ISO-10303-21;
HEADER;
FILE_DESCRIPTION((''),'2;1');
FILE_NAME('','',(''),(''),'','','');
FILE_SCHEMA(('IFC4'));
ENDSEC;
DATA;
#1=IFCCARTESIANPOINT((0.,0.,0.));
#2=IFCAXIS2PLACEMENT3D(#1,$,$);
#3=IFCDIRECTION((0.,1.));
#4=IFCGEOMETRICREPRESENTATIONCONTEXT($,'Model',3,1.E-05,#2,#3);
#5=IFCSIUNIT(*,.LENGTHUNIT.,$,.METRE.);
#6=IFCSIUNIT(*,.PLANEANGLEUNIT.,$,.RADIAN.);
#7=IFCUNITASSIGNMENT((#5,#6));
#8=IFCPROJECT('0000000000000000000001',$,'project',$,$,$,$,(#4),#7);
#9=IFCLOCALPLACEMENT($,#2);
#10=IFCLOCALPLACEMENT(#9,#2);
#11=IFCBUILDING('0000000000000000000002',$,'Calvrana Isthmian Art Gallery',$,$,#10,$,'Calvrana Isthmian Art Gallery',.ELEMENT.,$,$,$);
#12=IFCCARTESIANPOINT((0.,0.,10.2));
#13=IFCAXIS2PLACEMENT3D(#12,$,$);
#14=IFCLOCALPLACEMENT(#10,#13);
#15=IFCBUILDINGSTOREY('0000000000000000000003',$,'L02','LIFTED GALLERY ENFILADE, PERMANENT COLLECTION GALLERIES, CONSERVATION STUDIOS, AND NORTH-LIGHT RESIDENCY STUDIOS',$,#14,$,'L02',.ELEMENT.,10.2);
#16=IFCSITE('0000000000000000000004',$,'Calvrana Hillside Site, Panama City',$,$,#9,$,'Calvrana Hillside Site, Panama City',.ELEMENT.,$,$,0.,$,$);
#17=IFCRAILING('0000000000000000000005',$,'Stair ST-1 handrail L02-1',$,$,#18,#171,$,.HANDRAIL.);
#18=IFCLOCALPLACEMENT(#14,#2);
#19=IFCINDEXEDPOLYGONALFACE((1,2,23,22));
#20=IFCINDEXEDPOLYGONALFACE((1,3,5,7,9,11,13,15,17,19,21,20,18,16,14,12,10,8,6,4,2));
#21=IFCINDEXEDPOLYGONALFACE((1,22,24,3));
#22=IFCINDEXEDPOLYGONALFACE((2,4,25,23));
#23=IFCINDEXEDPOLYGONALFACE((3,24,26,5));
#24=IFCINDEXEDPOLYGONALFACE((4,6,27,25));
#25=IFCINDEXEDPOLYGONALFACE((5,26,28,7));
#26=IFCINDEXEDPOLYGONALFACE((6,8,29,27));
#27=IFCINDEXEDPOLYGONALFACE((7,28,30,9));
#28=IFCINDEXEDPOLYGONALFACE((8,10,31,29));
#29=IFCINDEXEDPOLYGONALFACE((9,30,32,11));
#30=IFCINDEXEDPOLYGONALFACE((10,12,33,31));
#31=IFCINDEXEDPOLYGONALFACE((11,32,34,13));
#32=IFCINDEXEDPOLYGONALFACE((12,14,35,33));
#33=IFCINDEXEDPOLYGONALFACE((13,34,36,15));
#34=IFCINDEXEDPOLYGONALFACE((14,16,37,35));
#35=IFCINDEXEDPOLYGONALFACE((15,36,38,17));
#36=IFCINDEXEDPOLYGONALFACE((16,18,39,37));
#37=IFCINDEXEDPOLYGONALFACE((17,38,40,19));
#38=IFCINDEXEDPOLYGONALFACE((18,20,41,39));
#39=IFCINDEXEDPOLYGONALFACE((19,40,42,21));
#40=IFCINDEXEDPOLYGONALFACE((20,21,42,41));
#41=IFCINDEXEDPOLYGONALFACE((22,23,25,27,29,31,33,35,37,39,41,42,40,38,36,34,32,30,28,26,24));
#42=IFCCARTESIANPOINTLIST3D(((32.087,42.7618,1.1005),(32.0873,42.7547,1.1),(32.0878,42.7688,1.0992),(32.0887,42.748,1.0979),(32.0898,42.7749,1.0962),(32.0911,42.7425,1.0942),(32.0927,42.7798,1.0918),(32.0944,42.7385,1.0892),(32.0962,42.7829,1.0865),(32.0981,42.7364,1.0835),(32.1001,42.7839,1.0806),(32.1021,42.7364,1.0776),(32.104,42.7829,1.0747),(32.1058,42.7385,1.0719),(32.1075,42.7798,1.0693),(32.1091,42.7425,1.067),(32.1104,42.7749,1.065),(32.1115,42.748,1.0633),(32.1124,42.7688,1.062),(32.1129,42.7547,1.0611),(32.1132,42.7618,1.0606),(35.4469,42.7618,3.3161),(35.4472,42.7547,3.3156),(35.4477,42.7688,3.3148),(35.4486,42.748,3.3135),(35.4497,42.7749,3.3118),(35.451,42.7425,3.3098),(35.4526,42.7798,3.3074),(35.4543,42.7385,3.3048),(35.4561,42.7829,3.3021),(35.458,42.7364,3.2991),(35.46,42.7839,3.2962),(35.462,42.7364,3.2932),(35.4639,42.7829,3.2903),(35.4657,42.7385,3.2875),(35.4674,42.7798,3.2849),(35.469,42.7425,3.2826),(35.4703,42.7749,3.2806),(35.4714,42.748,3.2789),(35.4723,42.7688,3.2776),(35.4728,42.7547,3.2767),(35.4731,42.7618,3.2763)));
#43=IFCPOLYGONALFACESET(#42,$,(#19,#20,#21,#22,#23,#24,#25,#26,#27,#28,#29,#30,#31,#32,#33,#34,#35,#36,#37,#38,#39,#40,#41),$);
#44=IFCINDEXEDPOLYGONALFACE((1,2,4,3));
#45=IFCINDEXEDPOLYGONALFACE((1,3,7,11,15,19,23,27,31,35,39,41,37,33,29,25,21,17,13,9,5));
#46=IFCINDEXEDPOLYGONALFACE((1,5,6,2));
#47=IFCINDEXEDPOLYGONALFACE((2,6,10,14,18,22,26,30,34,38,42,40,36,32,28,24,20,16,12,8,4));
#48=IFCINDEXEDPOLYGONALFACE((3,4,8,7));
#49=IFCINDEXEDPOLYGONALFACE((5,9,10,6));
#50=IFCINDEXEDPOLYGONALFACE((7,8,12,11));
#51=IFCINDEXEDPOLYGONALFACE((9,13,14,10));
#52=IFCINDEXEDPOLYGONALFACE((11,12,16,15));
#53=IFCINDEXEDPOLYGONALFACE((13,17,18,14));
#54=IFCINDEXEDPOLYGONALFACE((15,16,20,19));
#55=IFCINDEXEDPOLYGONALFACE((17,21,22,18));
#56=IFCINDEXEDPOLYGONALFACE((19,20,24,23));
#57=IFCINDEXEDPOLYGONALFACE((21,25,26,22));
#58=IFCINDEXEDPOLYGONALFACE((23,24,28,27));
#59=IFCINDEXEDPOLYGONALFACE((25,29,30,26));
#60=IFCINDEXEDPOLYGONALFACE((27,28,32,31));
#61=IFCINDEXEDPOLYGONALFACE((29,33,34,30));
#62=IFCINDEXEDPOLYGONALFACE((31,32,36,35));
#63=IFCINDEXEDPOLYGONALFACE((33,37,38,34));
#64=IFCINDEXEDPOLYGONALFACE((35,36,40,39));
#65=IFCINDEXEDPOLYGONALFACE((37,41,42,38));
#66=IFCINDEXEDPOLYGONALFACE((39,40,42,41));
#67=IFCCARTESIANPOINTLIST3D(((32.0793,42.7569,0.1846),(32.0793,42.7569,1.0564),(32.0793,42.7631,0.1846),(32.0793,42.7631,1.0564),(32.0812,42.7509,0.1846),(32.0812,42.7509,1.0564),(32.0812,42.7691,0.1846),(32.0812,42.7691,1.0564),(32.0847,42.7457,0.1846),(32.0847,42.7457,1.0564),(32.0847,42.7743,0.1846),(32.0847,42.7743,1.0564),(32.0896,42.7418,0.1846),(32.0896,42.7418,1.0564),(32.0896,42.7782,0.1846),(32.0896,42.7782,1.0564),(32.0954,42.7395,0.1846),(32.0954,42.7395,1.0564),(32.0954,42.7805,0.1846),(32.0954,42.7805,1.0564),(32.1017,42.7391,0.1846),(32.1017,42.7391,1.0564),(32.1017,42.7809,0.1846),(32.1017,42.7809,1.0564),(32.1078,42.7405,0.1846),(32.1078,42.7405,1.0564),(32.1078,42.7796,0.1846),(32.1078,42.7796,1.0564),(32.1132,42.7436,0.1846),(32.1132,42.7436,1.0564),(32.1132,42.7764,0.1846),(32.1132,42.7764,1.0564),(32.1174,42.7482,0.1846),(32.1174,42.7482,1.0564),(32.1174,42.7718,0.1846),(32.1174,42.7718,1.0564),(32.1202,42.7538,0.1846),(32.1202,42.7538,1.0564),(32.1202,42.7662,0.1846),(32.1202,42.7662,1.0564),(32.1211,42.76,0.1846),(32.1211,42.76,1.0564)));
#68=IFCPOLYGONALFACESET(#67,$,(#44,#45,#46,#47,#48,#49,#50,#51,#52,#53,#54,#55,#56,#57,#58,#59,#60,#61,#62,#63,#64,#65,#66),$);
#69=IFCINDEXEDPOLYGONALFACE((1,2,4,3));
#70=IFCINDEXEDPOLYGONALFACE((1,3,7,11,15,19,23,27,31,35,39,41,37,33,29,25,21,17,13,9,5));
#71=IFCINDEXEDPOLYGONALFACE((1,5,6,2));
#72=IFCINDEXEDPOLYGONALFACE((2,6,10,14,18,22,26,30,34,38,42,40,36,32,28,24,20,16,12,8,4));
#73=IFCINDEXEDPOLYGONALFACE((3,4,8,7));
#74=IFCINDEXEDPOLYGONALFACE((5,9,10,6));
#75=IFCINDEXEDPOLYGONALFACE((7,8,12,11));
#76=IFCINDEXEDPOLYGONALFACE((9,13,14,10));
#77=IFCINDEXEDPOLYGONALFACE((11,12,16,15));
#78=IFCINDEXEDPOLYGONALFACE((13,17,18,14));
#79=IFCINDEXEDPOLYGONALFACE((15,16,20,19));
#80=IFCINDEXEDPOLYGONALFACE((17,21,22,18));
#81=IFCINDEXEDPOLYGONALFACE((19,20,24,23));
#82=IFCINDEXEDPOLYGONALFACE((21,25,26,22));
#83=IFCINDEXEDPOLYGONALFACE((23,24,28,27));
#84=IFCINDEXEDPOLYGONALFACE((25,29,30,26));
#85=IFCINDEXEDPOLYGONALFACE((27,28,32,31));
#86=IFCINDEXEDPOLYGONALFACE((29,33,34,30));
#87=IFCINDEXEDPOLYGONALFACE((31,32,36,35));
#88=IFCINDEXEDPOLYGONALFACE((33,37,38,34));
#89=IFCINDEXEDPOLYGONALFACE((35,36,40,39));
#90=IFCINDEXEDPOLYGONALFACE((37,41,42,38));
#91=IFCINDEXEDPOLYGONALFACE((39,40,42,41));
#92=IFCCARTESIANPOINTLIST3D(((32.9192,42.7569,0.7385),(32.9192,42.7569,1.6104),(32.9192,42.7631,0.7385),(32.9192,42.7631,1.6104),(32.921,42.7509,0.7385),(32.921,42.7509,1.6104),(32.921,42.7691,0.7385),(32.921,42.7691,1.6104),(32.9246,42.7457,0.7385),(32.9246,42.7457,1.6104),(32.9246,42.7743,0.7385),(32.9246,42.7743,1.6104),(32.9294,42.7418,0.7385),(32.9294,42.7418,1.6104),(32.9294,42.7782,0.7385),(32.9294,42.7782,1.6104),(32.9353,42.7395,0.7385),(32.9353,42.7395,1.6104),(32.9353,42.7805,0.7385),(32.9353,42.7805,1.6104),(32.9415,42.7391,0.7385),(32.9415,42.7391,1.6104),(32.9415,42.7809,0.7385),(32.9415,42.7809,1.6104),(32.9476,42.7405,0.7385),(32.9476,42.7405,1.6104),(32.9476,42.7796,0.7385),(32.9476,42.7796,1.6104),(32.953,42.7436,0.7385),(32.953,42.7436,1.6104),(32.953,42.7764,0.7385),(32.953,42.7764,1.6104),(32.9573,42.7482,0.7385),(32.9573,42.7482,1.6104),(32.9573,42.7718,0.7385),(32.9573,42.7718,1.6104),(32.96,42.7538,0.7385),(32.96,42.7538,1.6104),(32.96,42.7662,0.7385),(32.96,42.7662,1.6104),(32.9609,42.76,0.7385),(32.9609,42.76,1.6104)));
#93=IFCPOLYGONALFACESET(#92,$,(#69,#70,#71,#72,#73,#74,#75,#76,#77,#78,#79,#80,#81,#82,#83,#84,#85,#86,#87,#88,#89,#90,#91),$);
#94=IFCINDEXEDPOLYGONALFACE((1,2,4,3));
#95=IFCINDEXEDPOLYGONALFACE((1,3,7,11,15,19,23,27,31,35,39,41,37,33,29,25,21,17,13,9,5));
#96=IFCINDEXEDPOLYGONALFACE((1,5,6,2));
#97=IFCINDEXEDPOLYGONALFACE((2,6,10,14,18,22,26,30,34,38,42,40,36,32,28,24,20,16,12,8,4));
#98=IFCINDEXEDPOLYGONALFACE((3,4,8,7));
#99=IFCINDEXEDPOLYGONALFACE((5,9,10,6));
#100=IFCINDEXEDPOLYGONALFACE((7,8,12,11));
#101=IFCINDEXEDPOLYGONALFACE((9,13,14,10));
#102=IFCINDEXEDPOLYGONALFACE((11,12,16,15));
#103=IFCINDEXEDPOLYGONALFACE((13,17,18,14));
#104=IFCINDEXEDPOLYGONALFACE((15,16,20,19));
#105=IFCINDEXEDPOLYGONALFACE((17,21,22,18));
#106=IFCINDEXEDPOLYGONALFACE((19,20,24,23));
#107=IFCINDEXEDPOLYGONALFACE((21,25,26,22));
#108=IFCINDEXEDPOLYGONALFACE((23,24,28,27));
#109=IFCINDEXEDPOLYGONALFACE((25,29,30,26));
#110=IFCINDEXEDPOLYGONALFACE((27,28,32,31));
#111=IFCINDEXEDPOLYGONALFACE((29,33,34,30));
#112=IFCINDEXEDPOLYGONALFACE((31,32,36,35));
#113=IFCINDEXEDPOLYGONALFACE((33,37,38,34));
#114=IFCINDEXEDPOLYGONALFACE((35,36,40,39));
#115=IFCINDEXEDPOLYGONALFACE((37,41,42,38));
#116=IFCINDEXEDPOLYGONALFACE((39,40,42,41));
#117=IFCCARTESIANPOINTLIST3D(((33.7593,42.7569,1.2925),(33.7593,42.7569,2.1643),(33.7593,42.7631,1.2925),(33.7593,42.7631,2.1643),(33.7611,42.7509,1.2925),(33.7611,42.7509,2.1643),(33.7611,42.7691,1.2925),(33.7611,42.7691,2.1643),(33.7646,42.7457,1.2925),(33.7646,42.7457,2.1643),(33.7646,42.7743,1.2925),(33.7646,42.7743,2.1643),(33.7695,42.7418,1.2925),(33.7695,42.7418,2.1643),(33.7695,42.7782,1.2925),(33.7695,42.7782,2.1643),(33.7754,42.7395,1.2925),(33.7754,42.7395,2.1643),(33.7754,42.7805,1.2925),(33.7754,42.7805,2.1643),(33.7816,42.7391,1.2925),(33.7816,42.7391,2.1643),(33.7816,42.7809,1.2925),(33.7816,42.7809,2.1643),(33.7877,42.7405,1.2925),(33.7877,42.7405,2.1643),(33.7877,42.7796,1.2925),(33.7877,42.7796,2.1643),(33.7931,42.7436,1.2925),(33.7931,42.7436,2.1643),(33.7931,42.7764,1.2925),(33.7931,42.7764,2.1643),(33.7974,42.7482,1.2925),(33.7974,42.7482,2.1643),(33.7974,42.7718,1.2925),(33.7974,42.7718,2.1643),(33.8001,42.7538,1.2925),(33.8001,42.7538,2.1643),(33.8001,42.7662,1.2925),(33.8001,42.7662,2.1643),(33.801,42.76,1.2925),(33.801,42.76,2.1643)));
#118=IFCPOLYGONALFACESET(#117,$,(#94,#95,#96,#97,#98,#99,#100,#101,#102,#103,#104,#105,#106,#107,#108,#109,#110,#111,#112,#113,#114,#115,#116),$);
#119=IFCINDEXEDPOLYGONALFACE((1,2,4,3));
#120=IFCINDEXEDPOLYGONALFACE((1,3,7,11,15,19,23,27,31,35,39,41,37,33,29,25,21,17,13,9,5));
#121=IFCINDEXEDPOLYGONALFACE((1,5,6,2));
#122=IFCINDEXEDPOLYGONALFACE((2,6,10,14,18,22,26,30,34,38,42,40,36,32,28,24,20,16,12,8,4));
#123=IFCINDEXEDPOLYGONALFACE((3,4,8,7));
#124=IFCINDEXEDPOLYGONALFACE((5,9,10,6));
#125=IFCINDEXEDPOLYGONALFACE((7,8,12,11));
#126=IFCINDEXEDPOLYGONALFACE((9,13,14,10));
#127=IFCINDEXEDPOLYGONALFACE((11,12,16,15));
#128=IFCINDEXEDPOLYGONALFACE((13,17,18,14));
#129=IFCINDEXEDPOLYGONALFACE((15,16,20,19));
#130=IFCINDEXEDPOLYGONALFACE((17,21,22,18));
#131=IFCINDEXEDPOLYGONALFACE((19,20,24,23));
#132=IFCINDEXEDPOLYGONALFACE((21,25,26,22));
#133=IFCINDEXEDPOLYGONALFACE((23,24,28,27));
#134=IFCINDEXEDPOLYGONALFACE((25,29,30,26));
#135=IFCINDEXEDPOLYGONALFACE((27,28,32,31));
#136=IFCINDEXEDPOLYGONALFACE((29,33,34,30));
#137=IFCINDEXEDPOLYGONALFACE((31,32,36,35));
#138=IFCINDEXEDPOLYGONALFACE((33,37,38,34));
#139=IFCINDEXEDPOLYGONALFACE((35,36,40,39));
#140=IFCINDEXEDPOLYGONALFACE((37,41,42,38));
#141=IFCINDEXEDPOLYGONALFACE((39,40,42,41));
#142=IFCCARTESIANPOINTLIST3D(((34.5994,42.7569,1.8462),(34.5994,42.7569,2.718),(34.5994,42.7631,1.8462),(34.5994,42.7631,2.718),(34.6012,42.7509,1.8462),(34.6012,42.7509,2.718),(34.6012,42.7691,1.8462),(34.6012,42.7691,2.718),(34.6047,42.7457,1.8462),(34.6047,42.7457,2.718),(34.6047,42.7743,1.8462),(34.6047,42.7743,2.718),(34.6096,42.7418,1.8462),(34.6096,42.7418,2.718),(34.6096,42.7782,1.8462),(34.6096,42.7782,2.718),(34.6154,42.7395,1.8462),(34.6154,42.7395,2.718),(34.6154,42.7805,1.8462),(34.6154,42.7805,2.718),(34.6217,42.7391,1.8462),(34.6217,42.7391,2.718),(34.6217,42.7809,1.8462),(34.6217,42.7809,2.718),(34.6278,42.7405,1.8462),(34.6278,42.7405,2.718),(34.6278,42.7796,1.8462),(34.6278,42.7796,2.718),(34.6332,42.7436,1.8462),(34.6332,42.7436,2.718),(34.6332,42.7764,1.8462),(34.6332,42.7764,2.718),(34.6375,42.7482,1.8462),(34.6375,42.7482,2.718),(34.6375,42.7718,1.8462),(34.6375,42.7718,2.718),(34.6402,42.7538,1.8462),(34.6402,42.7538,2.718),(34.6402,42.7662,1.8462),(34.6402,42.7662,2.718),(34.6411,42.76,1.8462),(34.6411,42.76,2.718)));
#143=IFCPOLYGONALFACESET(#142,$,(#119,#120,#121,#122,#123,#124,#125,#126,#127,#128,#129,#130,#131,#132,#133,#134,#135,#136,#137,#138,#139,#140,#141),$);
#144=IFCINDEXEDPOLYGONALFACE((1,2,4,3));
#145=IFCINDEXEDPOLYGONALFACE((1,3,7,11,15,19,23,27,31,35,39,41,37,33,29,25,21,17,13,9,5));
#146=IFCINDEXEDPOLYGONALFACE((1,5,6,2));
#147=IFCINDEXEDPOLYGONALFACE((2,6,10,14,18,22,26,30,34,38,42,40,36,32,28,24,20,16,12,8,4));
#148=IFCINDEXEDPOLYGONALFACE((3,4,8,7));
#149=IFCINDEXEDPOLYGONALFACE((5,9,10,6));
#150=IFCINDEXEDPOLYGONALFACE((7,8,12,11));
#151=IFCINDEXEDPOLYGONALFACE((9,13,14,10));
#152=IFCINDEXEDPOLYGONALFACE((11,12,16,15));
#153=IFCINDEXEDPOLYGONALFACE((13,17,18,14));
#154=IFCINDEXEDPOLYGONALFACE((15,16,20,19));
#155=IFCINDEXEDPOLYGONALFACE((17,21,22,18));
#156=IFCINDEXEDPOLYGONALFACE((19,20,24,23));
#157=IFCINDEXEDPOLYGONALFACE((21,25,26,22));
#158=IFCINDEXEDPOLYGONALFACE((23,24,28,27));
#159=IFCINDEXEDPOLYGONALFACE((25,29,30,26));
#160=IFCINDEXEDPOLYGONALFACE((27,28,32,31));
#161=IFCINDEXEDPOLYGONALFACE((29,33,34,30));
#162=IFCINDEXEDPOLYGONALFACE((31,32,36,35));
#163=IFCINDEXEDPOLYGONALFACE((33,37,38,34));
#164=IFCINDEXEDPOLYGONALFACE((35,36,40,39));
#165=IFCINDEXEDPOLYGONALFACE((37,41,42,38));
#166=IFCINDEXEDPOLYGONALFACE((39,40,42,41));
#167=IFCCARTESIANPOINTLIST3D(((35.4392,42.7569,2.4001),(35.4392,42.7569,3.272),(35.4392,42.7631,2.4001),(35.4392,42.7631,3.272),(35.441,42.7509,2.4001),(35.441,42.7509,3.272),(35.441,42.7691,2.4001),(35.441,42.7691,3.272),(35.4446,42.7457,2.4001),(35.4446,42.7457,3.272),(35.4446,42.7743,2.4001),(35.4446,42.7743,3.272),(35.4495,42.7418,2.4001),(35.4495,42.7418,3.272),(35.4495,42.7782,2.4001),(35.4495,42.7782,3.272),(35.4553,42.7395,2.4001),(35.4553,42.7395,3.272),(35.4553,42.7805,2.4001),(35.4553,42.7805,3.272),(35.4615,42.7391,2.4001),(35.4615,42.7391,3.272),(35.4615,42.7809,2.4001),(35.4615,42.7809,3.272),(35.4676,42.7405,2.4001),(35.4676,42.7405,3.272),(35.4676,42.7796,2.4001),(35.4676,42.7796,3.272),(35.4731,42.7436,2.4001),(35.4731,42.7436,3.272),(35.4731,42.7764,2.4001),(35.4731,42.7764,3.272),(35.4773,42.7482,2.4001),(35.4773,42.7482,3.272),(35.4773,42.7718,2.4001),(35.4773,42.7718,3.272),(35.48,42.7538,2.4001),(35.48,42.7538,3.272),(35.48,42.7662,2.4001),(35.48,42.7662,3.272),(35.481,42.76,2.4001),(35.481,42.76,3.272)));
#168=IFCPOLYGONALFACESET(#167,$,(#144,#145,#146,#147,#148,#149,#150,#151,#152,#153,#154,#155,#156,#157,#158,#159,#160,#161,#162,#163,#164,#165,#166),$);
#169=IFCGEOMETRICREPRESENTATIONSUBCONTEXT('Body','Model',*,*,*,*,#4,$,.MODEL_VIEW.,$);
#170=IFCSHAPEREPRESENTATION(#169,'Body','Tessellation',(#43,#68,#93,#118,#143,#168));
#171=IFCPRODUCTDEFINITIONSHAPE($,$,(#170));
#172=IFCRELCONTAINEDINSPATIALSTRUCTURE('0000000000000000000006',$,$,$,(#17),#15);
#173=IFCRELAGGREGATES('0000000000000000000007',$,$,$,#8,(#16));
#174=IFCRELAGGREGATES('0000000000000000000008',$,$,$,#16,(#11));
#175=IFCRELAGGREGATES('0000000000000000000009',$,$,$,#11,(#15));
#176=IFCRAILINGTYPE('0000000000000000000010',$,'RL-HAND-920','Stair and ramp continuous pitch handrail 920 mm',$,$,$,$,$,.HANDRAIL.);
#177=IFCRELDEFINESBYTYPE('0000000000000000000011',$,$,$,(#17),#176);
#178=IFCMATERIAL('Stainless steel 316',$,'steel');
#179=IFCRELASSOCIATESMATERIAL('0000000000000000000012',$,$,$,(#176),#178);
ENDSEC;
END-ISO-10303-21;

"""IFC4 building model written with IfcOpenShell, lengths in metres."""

from ifc_helpers import new_model, si_unit, direction, frame, origin, origin_2d, place, context, subcontext, project, spatial, circle, extrude, material, type_object, element, save


model = new_model("IFC4")

# Units and contexts
model_context = context("Model", 3, precision=1e-05, world=origin(), true_north=direction((0.0, 1.0)))
body_context = subcontext(model_context, "Body", "Model", "MODEL_VIEW")
ifc_project = project(units=[si_unit("LENGTHUNIT", "METRE"), si_unit("PLANEANGLEUNIT", "RADIAN")], contexts=[model_context])

# Site, building, storey
site_placement = place(None, origin())
site = spatial("IfcSite", under=ifc_project, at=site_placement, Name="Calvrana Hillside Site, Panama City", LongName="Calvrana Hillside Site, Panama City", CompositionType="ELEMENT", RefElevation=0.0)
building_placement = place(site_placement, origin())
building = spatial("IfcBuilding", under=site, at=building_placement, Name="Calvrana Isthmian Art Gallery", LongName="Calvrana Isthmian Art Gallery", CompositionType="ELEMENT")
storey_placement = place(building_placement, frame((0.0, 0.0, 10.2)))
storey = spatial("IfcBuildingStorey", under=building, at=storey_placement, Name="L02", Description="LIFTED GALLERY ENFILADE, PERMANENT COLLECTION GALLERIES, CONSERVATION STUDIOS, AND NORTH-LIGHT RESIDENCY STUDIOS", LongName="L02", CompositionType="ELEMENT", Elevation=10.2)

# Railing
ifc_material_1 = material(Name="Stainless steel 316", Category="steel")
railing_type_1 = type_object("IfcRailingType", Name="RL-HAND-920", Description="Stair and ramp continuous pitch handrail 920 mm", PredefinedType="HANDRAIL", material=ifc_material_1)
railing_1_placement = place(storey_placement, frame((32.1001, 42.76, 0.1846)))
element("IfcRailing", 1, at=railing_1_placement, inside=storey, type_object=railing_type_1, Name="Stair ST-1 handrail L02-1", PredefinedType="HANDRAIL", context=body_context, shape_type="SweptSolid", body=[
    extrude(circle(Radius=0.0239, at=origin_2d()), frame((0.0, 0.0, 0.896), z_axis=(0.83483, 0.0, 0.550508), x_axis=(0.0, 1.0, 0.0)), (0.0, 0.0, 1.0), 4.0247),
    extrude(circle(Radius=0.021, at=origin_2d()), origin(), (0.0, 0.0, 1.0), 0.8718),
    extrude(circle(Radius=0.021, at=origin_2d()), frame((0.8398, 0.0, 0.554)), (0.0, 0.0, 1.0), 0.8718),
    extrude(circle(Radius=0.021, at=origin_2d()), frame((1.6799, 0.0, 1.1079)), (0.0, 0.0, 1.0), 0.8718),
    extrude(circle(Radius=0.021, at=origin_2d()), frame((2.52, 0.0, 1.6616)), (0.0, 0.0, 1.0), 0.8718),
    extrude(circle(Radius=0.021, at=origin_2d()), frame((3.3599, 0.0, 2.2156)), (0.0, 0.0, 1.0), 0.8718),
])

save(model, "model.ifc")
